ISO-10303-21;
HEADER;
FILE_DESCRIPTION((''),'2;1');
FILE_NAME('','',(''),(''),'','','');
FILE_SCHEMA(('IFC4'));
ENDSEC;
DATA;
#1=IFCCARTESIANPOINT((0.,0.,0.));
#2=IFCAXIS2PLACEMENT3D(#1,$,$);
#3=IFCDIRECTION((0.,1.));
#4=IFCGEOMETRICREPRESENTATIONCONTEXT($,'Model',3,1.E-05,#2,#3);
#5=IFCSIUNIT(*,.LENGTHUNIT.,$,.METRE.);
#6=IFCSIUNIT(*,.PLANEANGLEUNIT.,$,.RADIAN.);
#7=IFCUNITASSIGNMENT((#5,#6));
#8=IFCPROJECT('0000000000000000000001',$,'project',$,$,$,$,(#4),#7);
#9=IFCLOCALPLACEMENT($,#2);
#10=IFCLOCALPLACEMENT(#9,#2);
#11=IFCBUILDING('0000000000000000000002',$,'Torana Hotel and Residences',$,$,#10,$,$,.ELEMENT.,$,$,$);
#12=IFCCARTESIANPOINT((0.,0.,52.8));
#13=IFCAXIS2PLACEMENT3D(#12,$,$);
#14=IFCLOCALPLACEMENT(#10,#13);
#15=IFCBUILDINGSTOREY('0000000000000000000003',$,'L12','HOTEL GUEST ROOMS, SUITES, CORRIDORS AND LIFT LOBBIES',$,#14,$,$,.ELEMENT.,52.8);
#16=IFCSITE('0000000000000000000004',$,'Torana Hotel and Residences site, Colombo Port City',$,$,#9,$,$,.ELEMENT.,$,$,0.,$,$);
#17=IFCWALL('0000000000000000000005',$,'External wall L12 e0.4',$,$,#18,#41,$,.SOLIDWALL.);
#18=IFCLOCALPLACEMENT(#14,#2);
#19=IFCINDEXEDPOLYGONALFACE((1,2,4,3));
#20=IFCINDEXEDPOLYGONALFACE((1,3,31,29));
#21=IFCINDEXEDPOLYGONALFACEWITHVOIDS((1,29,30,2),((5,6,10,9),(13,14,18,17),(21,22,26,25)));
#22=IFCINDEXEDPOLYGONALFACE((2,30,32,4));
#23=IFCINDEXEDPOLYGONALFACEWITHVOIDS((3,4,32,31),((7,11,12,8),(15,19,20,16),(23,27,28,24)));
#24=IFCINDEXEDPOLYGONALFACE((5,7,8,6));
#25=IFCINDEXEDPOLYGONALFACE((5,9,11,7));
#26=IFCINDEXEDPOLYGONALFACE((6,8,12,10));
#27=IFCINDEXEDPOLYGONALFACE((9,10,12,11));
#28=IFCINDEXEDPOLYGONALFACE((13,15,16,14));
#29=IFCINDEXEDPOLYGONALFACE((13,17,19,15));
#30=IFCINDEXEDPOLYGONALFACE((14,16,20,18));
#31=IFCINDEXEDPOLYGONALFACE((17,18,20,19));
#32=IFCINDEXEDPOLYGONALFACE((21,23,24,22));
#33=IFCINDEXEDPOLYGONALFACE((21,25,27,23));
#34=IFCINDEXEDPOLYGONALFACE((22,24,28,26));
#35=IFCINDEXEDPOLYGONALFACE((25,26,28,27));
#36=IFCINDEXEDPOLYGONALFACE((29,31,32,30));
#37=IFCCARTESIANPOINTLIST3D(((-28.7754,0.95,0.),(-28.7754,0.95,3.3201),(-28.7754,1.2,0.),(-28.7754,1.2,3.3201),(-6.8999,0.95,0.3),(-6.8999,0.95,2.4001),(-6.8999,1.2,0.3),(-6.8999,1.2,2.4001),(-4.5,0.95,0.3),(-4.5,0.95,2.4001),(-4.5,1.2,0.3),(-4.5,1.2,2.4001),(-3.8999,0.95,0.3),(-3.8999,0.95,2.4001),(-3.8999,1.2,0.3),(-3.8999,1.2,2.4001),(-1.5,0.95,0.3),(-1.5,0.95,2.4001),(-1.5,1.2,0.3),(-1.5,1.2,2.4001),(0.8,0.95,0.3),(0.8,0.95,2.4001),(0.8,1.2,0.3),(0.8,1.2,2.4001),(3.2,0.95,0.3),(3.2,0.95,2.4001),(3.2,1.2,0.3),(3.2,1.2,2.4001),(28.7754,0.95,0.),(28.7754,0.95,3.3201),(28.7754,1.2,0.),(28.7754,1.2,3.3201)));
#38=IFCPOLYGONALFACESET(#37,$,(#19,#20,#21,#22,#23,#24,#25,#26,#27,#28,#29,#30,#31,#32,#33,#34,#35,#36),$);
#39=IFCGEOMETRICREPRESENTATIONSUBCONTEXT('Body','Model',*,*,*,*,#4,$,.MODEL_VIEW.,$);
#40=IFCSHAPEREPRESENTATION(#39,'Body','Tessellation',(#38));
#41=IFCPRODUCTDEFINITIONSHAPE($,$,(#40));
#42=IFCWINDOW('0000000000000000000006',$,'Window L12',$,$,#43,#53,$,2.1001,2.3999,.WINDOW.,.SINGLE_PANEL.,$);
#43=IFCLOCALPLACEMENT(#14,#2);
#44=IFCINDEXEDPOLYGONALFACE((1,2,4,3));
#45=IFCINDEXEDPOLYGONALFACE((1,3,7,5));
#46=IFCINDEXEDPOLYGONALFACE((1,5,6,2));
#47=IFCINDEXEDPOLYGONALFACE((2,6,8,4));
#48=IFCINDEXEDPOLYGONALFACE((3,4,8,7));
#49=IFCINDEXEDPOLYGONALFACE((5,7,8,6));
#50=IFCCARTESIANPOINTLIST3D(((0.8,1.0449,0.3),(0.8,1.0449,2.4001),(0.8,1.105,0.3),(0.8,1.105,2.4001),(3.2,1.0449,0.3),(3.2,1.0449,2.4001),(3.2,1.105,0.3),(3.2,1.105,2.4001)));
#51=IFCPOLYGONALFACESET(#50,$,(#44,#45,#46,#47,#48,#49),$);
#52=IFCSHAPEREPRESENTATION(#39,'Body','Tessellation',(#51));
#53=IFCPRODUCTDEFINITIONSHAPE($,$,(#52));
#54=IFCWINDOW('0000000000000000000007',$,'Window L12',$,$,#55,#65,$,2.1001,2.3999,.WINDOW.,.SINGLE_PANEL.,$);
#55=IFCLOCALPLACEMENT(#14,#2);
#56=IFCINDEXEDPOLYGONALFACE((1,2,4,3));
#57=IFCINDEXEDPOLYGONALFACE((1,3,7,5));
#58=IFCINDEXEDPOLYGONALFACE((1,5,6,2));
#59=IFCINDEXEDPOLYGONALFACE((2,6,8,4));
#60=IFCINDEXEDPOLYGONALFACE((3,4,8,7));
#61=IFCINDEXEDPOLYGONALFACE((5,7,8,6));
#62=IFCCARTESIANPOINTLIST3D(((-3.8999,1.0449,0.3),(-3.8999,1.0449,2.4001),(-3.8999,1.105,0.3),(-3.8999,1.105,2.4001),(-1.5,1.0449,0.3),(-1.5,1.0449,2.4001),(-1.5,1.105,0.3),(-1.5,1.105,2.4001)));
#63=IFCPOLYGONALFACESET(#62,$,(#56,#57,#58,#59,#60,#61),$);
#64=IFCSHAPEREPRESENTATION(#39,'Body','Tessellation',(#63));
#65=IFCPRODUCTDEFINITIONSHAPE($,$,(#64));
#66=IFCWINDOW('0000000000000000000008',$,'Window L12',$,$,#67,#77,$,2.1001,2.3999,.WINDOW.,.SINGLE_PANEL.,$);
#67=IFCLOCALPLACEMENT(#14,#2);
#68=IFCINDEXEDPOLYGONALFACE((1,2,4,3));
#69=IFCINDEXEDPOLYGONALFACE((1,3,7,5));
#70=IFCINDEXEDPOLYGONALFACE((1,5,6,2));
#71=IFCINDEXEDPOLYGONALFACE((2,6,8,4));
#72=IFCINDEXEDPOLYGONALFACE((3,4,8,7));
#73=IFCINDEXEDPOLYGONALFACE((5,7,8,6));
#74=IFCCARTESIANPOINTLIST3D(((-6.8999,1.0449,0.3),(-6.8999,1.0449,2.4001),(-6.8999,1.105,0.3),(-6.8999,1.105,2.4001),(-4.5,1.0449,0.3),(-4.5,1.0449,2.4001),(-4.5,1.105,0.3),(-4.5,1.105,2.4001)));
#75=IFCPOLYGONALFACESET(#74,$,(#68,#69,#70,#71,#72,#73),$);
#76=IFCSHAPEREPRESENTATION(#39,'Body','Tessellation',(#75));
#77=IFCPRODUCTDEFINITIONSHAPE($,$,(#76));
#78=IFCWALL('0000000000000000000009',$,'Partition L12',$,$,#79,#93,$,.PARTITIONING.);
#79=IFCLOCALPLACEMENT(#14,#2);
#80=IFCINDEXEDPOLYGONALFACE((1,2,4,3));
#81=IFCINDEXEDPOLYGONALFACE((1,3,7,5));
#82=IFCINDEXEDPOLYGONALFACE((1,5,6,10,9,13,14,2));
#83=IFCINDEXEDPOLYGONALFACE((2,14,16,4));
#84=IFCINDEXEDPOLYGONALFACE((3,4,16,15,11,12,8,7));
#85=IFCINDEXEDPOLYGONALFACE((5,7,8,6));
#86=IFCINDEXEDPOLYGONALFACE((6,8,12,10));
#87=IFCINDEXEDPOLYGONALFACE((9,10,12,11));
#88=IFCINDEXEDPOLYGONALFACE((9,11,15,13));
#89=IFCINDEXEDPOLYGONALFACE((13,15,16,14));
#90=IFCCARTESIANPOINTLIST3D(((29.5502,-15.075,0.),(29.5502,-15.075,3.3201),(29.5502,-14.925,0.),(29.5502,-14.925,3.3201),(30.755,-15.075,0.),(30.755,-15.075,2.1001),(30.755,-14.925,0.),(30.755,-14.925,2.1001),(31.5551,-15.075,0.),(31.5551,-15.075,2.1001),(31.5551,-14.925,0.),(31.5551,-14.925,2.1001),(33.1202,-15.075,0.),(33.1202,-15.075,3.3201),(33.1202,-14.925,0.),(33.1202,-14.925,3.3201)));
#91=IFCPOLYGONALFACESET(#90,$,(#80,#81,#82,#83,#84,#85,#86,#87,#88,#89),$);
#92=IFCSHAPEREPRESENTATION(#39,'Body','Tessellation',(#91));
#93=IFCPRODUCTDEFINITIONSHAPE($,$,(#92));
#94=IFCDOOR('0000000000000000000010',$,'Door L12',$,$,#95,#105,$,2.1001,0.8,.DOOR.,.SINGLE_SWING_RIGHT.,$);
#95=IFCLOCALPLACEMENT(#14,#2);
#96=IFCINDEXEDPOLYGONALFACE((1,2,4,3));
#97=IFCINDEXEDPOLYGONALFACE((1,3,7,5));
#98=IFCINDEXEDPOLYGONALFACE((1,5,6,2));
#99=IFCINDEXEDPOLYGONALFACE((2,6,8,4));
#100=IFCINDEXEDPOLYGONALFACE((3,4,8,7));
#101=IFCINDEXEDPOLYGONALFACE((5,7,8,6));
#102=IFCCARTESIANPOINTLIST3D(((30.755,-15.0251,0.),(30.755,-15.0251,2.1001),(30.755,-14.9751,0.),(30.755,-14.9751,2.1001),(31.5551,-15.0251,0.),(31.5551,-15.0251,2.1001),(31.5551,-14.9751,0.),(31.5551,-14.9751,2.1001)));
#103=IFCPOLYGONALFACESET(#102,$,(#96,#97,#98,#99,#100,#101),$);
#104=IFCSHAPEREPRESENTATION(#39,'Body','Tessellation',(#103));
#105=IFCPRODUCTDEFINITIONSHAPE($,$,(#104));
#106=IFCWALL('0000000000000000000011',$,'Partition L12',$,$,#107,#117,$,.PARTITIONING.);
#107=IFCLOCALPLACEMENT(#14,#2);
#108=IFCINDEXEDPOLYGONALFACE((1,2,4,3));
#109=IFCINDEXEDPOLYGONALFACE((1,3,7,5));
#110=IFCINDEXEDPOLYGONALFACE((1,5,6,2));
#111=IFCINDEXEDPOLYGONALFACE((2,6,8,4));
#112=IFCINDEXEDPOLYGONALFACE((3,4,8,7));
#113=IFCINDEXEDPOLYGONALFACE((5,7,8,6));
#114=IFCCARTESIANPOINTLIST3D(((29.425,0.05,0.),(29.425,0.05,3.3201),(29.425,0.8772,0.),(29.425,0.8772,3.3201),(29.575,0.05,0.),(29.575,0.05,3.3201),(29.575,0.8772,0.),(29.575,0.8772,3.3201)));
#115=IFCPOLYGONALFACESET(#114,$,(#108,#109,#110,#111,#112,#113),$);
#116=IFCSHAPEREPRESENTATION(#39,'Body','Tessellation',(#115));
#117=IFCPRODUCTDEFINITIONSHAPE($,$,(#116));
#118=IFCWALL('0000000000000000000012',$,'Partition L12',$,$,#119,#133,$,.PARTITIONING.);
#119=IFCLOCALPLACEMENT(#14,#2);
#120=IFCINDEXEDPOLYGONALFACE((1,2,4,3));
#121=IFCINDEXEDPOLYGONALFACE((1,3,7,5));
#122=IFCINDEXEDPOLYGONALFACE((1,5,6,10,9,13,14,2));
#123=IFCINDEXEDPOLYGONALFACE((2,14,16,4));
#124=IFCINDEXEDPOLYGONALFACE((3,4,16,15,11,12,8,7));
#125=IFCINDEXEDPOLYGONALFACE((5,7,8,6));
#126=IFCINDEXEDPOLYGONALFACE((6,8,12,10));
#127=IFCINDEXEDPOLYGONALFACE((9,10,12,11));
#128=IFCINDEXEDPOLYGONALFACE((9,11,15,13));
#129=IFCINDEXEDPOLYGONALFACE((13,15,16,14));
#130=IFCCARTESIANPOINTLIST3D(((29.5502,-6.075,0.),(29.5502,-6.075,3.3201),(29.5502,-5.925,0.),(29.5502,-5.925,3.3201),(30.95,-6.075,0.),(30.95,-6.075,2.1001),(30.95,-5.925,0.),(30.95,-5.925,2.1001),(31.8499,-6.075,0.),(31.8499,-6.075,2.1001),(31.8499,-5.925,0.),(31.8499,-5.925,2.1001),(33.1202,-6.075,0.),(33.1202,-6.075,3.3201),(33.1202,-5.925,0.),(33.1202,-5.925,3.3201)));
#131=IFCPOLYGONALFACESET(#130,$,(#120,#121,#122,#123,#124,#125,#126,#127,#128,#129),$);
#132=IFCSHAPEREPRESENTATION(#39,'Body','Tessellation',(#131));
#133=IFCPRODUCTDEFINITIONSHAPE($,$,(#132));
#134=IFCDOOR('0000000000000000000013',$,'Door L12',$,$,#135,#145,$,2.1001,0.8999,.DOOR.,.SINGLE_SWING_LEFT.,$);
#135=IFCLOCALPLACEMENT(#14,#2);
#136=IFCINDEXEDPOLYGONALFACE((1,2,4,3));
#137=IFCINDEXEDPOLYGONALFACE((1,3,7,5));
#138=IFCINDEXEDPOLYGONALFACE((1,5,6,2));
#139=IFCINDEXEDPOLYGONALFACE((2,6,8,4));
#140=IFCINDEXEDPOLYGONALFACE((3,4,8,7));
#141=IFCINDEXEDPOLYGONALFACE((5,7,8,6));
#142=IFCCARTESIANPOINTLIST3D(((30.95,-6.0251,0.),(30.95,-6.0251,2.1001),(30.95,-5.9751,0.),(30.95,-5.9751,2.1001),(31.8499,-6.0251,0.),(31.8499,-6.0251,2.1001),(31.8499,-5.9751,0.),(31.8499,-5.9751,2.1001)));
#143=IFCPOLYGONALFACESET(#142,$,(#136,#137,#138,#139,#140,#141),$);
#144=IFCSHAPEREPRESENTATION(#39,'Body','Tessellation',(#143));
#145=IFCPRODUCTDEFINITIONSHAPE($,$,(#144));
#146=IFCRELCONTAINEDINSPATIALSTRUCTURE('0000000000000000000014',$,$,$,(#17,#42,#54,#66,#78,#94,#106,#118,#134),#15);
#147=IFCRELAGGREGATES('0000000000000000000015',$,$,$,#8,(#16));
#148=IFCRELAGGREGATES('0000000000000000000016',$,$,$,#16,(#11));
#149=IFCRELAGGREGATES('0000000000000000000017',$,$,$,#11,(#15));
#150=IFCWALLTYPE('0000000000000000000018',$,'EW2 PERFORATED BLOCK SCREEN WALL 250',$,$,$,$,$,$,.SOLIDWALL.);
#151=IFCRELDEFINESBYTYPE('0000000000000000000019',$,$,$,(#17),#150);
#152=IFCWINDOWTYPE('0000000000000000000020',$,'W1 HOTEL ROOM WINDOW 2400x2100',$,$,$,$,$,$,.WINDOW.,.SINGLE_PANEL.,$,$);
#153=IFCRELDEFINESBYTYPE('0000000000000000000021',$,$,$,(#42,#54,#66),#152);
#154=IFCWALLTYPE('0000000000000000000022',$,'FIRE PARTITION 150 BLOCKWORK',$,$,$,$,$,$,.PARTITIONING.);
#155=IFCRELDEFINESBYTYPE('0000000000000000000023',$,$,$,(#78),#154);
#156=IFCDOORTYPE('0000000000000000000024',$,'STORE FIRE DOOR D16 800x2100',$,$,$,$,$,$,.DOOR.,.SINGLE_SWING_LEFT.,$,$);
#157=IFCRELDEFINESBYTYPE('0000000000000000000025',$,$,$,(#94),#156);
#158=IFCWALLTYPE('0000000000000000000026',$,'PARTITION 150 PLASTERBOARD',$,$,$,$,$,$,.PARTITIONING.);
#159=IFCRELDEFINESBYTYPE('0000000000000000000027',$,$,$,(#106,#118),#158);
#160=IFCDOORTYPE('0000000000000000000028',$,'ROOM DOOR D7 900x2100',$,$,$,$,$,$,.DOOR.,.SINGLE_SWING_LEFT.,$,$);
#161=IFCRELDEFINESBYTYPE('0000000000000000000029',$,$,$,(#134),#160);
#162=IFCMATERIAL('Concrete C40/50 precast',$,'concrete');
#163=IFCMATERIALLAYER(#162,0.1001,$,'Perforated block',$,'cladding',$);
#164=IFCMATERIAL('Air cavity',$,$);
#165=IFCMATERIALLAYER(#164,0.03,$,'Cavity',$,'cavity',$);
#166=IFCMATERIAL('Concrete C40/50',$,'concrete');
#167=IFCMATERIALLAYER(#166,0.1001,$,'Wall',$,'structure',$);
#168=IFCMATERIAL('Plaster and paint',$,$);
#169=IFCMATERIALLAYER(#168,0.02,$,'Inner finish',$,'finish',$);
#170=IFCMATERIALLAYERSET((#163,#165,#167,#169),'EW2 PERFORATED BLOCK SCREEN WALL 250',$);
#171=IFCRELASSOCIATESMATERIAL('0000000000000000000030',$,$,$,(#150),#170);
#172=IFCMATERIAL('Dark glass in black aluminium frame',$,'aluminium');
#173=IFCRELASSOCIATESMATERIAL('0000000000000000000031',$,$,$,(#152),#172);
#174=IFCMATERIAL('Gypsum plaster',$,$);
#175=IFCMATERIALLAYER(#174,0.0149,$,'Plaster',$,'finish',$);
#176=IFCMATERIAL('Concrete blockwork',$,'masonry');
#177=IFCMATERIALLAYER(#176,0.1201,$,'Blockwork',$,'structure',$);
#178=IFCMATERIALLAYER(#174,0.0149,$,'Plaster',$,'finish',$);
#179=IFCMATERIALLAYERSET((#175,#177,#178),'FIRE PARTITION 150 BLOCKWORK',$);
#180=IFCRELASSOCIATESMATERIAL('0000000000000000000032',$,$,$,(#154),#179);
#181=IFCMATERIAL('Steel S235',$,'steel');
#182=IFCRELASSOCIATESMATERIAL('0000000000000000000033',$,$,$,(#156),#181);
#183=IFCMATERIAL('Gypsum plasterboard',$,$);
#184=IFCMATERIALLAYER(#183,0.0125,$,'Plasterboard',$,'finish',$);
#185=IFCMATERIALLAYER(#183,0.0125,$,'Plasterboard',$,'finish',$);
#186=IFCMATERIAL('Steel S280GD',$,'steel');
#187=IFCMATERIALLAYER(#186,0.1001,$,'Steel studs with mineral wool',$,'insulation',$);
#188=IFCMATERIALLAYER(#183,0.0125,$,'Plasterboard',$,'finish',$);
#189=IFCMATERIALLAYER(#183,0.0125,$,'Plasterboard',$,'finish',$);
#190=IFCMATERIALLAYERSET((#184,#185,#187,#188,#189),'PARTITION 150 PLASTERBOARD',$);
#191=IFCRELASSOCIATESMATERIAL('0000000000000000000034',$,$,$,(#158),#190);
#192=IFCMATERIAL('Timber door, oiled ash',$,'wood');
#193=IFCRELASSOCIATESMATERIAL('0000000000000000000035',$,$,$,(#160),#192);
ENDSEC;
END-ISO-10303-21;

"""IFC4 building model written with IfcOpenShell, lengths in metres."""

from ifc_helpers import new_model, si_unit, direction, frame, frame_2d, origin, place, context, subcontext, project, spatial, rectangle, extrude, material, layer, layer_set, type_object, element, fill, save


model = new_model("IFC4")

# Units and contexts
model_context = context("Model", 3, precision=1e-05, world=origin(), true_north=direction((0.0, 1.0)))
body_context = subcontext(model_context, "Body", "Model", "MODEL_VIEW")
ifc_project = project(units=[si_unit("LENGTHUNIT", "METRE"), si_unit("PLANEANGLEUNIT", "RADIAN")], contexts=[model_context])

# Site, building, storey
site_placement = place(None, origin())
site = spatial("IfcSite", under=ifc_project, at=site_placement, Name="Torana Hotel and Residences site, Colombo Port City", CompositionType="ELEMENT", RefElevation=0.0)
building_placement = place(site_placement, origin())
building = spatial("IfcBuilding", under=site, at=building_placement, Name="Torana Hotel and Residences", CompositionType="ELEMENT")
storey_placement = place(building_placement, frame((0.0, 0.0, 52.8)))
storey = spatial("IfcBuildingStorey", under=building, at=storey_placement, Name="L12", Description="HOTEL GUEST ROOMS, SUITES, CORRIDORS AND LIFT LOBBIES", CompositionType="ELEMENT", Elevation=52.8)

# Shared definitions
ifc_material_1 = material(Name="Steel S280GD", Category="steel")

# Wall, openings, windows
ifc_material_2 = material(Name="Concrete C40/50 precast", Category="concrete")
ifc_layer_1 = layer(ifc_material_2, 0.1001, Name="Perforated block", Category="cladding")
ifc_material_3 = material(Name="Air cavity")
ifc_layer_2 = layer(ifc_material_3, 0.03, Name="Cavity", Category="cavity")
ifc_material_4 = material(Name="Concrete C40/50", Category="concrete")
ifc_layer_3 = layer(ifc_material_4, 0.1001, Name="Wall", Category="structure")
ifc_material_5 = material(Name="Plaster and paint")
ifc_layer_4 = layer(ifc_material_5, 0.02, Name="Inner finish", Category="finish")
ifc_layer_set_1 = layer_set([ifc_layer_1, ifc_layer_2, ifc_layer_3, ifc_layer_4], Name="EW2 PERFORATED BLOCK SCREEN WALL 250")
wall_type_1 = type_object("IfcWallType", Name="EW2 PERFORATED BLOCK SCREEN WALL 250", PredefinedType="SOLIDWALL", material=ifc_layer_set_1)
wall_1_placement = place(storey_placement, frame((28.7754, 1.075, 0.0), z_axis=(0.0, 0.0, 1.0), x_axis=(-1.0, 0.0, 0.0)))
wall_1 = element("IfcWall", 1, at=wall_1_placement, inside=storey, type_object=wall_type_1, Name="External wall L12 e0.4", PredefinedType="SOLIDWALL", context=body_context, shape_type="SweptSolid", body=[
    extrude(rectangle(XDim=57.5508, YDim=0.25, at=frame_2d((28.7754, 0.0))), origin(), (0.0, 0.0, 1.0), 3.3201),
])
opening_1_placement = place(wall_1_placement, frame((25.5754, 0.0, 0.3)))
opening_1 = element("IfcOpeningElement", 2, at=opening_1_placement, cuts=wall_1, PredefinedType="OPENING", context=body_context, shape_type="SweptSolid", body=[
    extrude(rectangle(XDim=2.3999, YDim=2.1001, at=frame_2d((1.2, 1.05))), frame((0.0, 0.135, 0.0), z_axis=(0.0, -1.0, 0.0), x_axis=(1.0, 0.0, 0.0)), (0.0, 0.0, 1.0), 0.27),
])
opening_2_placement = place(wall_1_placement, frame((30.2754, 0.0, 0.3)))
opening_2 = element("IfcOpeningElement", 3, at=opening_2_placement, cuts=wall_1, PredefinedType="OPENING", context=body_context, shape_type="SweptSolid", body=[
    extrude(rectangle(XDim=2.3999, YDim=2.1001, at=frame_2d((1.2, 1.05))), frame((0.0, 0.135, 0.0), z_axis=(0.0, -1.0, 0.0), x_axis=(1.0, 0.0, 0.0)), (0.0, 0.0, 1.0), 0.27),
])
opening_3_placement = place(wall_1_placement, frame((33.2754, 0.0, 0.3)))
opening_3 = element("IfcOpeningElement", 4, at=opening_3_placement, cuts=wall_1, PredefinedType="OPENING", context=body_context, shape_type="SweptSolid", body=[
    extrude(rectangle(XDim=2.3999, YDim=2.1001, at=frame_2d((1.2, 1.05))), frame((0.0, 0.135, 0.0), z_axis=(0.0, -1.0, 0.0), x_axis=(1.0, 0.0, 0.0)), (0.0, 0.0, 1.0), 0.27),
])
ifc_material_6 = material(Name="Dark glass in black aluminium frame", Category="aluminium")
window_type = type_object("IfcWindowType", Name="W1 HOTEL ROOM WINDOW 2400x2100", PartitioningType="SINGLE_PANEL", PredefinedType="WINDOW", material=ifc_material_6)
window_1_placement = place(opening_1_placement, origin())
window_1 = element("IfcWindow", 5, at=window_1_placement, inside=storey, type_object=window_type, Name="Window L12", OverallHeight=2.1001, OverallWidth=2.3999, PartitioningType="SINGLE_PANEL", PredefinedType="WINDOW", context=body_context, shape_type="SweptSolid", body=[
    extrude(rectangle(XDim=2.3999, YDim=2.1001, at=frame_2d((1.2, 1.05))), frame((0.0, 0.03, 0.0), z_axis=(0.0, -1.0, 0.0), x_axis=(1.0, 0.0, 0.0)), (0.0, 0.0, 1.0), 0.0601),
])
fill(opening_1, window_1)
window_2_placement = place(opening_2_placement, origin())
window_2 = element("IfcWindow", 6, at=window_2_placement, inside=storey, type_object=window_type, Name="Window L12", OverallHeight=2.1001, OverallWidth=2.3999, PartitioningType="SINGLE_PANEL", PredefinedType="WINDOW", context=body_context, shape_type="SweptSolid", body=[
    extrude(rectangle(XDim=2.3999, YDim=2.1001, at=frame_2d((1.2, 1.05))), frame((0.0, 0.03, 0.0), z_axis=(0.0, -1.0, 0.0), x_axis=(1.0, 0.0, 0.0)), (0.0, 0.0, 1.0), 0.0601),
])
fill(opening_2, window_2)
window_3_placement = place(opening_3_placement, origin())
window_3 = element("IfcWindow", 7, at=window_3_placement, inside=storey, type_object=window_type, Name="Window L12", OverallHeight=2.1001, OverallWidth=2.3999, PartitioningType="SINGLE_PANEL", PredefinedType="WINDOW", context=body_context, shape_type="SweptSolid", body=[
    extrude(rectangle(XDim=2.3999, YDim=2.1001, at=frame_2d((1.2, 1.05))), frame((0.0, 0.03, 0.0), z_axis=(0.0, -1.0, 0.0), x_axis=(1.0, 0.0, 0.0)), (0.0, 0.0, 1.0), 0.0601),
])
fill(opening_3, window_3)

# Wall, opening, door
ifc_material_7 = material(Name="Gypsum plaster")
ifc_layer_5 = layer(ifc_material_7, 0.0149, Name="Plaster", Category="finish")
ifc_material_8 = material(Name="Concrete blockwork", Category="masonry")
ifc_layer_6 = layer(ifc_material_8, 0.1201, Name="Blockwork", Category="structure")
ifc_layer_7 = layer(ifc_material_7, 0.0149, Name="Plaster", Category="finish")
ifc_layer_set_2 = layer_set([ifc_layer_5, ifc_layer_6, ifc_layer_7], Name="FIRE PARTITION 150 BLOCKWORK")
wall_type_2 = type_object("IfcWallType", Name="FIRE PARTITION 150 BLOCKWORK", PredefinedType="PARTITIONING", material=ifc_layer_set_2)
wall_2_placement = place(storey_placement, frame((29.55, -15.0, 0.0), z_axis=(0.0, 0.0, 1.0), x_axis=(1.0, 0.0, 0.0)))
wall_2 = element("IfcWall", 8, at=wall_2_placement, inside=storey, type_object=wall_type_2, Name="Partition L12", PredefinedType="PARTITIONING", context=body_context, shape_type="SweptSolid", body=[
    extrude(rectangle(XDim=3.5701, YDim=0.1499, at=frame_2d((1.7852, 0.0))), origin(), (0.0, 0.0, 1.0), 3.3201),
])
opening_4_placement = place(wall_2_placement, frame((1.2051, 0.0, 0.0)))
opening_4 = element("IfcOpeningElement", 9, at=opening_4_placement, cuts=wall_2, PredefinedType="OPENING", context=body_context, shape_type="SweptSolid", body=[
    extrude(rectangle(XDim=0.8, YDim=2.1001, at=frame_2d((0.3999, 1.05))), frame((0.0, 0.085, 0.0), z_axis=(0.0, -1.0, 0.0), x_axis=(1.0, 0.0, 0.0)), (0.0, 0.0, 1.0), 0.1699),
])
ifc_material_9 = material(Name="Steel S235", Category="steel")
door_type_1 = type_object("IfcDoorType", Name="STORE FIRE DOOR D16 800x2100", OperationType="SINGLE_SWING_LEFT", PredefinedType="DOOR", material=ifc_material_9)
door_1_placement = place(opening_4_placement, origin())
door_1 = element("IfcDoor", 10, at=door_1_placement, inside=storey, type_object=door_type_1, Name="Door L12", OperationType="SINGLE_SWING_RIGHT", OverallHeight=2.1001, OverallWidth=0.8, PredefinedType="DOOR", context=body_context, shape_type="SweptSolid", body=[
    extrude(rectangle(XDim=0.8, YDim=2.1001, at=frame_2d((0.3999, 1.05))), frame((0.0, 0.0249, 0.0), z_axis=(0.0, -1.0, 0.0), x_axis=(1.0, 0.0, 0.0)), (0.0, 0.0, 1.0), 0.05),
])
fill(opening_4, door_1)

# Wall
ifc_material_10 = material(Name="Gypsum plasterboard")
ifc_layer_8 = layer(ifc_material_10, 0.0125, Name="Plasterboard", Category="finish")
ifc_layer_9 = layer(ifc_material_10, 0.0125, Name="Plasterboard", Category="finish")
ifc_layer_10 = layer(ifc_material_1, 0.1001, Name="Steel studs with mineral wool", Category="insulation")
ifc_layer_11 = layer(ifc_material_10, 0.0125, Name="Plasterboard", Category="finish")
ifc_layer_12 = layer(ifc_material_10, 0.0125, Name="Plasterboard", Category="finish")
ifc_layer_set_3 = layer_set([ifc_layer_8, ifc_layer_9, ifc_layer_10, ifc_layer_11, ifc_layer_12], Name="PARTITION 150 PLASTERBOARD")
wall_type_3 = type_object("IfcWallType", Name="PARTITION 150 PLASTERBOARD", PredefinedType="PARTITIONING", material=ifc_layer_set_3)
wall_3_placement = place(storey_placement, frame((29.5, 0.05, 0.0), z_axis=(0.0, 0.0, 1.0), x_axis=(0.0, 1.0, 0.0)))
element("IfcWall", 11, at=wall_3_placement, inside=storey, type_object=wall_type_3, Name="Partition L12", PredefinedType="PARTITIONING", context=body_context, shape_type="SweptSolid", body=[
    extrude(rectangle(XDim=0.8271, YDim=0.1499, at=frame_2d((0.4136, 0.0))), origin(), (0.0, 0.0, 1.0), 3.3201),
])

# Wall, opening, door
wall_4_placement = place(storey_placement, frame((29.55, -6.0, 0.0), z_axis=(0.0, 0.0, 1.0), x_axis=(1.0, 0.0, 0.0)))
wall_4 = element("IfcWall", 12, at=wall_4_placement, inside=storey, type_object=wall_type_3, Name="Partition L12", PredefinedType="PARTITIONING", context=body_context, shape_type="SweptSolid", body=[
    extrude(rectangle(XDim=3.5701, YDim=0.1499, at=frame_2d((1.7852, 0.0))), origin(), (0.0, 0.0, 1.0), 3.3201),
])
opening_5_placement = place(wall_4_placement, frame((1.3999, 0.0, 0.0)))
opening_5 = element("IfcOpeningElement", 13, at=opening_5_placement, cuts=wall_4, PredefinedType="OPENING", context=body_context, shape_type="SweptSolid", body=[
    extrude(rectangle(XDim=0.8999, YDim=2.1001, at=frame_2d((0.45, 1.05))), frame((0.0, 0.085, 0.0), z_axis=(0.0, -1.0, 0.0), x_axis=(1.0, 0.0, 0.0)), (0.0, 0.0, 1.0), 0.1699),
])
ifc_material_11 = material(Name="Timber door, oiled ash", Category="wood")
door_type_2 = type_object("IfcDoorType", Name="ROOM DOOR D7 900x2100", OperationType="SINGLE_SWING_LEFT", PredefinedType="DOOR", material=ifc_material_11)
door_2_placement = place(opening_5_placement, origin())
door_2 = element("IfcDoor", 14, at=door_2_placement, inside=storey, type_object=door_type_2, Name="Door L12", OperationType="SINGLE_SWING_LEFT", OverallHeight=2.1001, OverallWidth=0.8999, PredefinedType="DOOR", context=body_context, shape_type="SweptSolid", body=[
    extrude(rectangle(XDim=0.8999, YDim=2.1001, at=frame_2d((0.45, 1.05))), frame((0.0, 0.0249, 0.0), z_axis=(0.0, -1.0, 0.0), x_axis=(1.0, 0.0, 0.0)), (0.0, 0.0, 1.0), 0.05),
])
fill(opening_5, door_2)

save(model, "model.ifc")
